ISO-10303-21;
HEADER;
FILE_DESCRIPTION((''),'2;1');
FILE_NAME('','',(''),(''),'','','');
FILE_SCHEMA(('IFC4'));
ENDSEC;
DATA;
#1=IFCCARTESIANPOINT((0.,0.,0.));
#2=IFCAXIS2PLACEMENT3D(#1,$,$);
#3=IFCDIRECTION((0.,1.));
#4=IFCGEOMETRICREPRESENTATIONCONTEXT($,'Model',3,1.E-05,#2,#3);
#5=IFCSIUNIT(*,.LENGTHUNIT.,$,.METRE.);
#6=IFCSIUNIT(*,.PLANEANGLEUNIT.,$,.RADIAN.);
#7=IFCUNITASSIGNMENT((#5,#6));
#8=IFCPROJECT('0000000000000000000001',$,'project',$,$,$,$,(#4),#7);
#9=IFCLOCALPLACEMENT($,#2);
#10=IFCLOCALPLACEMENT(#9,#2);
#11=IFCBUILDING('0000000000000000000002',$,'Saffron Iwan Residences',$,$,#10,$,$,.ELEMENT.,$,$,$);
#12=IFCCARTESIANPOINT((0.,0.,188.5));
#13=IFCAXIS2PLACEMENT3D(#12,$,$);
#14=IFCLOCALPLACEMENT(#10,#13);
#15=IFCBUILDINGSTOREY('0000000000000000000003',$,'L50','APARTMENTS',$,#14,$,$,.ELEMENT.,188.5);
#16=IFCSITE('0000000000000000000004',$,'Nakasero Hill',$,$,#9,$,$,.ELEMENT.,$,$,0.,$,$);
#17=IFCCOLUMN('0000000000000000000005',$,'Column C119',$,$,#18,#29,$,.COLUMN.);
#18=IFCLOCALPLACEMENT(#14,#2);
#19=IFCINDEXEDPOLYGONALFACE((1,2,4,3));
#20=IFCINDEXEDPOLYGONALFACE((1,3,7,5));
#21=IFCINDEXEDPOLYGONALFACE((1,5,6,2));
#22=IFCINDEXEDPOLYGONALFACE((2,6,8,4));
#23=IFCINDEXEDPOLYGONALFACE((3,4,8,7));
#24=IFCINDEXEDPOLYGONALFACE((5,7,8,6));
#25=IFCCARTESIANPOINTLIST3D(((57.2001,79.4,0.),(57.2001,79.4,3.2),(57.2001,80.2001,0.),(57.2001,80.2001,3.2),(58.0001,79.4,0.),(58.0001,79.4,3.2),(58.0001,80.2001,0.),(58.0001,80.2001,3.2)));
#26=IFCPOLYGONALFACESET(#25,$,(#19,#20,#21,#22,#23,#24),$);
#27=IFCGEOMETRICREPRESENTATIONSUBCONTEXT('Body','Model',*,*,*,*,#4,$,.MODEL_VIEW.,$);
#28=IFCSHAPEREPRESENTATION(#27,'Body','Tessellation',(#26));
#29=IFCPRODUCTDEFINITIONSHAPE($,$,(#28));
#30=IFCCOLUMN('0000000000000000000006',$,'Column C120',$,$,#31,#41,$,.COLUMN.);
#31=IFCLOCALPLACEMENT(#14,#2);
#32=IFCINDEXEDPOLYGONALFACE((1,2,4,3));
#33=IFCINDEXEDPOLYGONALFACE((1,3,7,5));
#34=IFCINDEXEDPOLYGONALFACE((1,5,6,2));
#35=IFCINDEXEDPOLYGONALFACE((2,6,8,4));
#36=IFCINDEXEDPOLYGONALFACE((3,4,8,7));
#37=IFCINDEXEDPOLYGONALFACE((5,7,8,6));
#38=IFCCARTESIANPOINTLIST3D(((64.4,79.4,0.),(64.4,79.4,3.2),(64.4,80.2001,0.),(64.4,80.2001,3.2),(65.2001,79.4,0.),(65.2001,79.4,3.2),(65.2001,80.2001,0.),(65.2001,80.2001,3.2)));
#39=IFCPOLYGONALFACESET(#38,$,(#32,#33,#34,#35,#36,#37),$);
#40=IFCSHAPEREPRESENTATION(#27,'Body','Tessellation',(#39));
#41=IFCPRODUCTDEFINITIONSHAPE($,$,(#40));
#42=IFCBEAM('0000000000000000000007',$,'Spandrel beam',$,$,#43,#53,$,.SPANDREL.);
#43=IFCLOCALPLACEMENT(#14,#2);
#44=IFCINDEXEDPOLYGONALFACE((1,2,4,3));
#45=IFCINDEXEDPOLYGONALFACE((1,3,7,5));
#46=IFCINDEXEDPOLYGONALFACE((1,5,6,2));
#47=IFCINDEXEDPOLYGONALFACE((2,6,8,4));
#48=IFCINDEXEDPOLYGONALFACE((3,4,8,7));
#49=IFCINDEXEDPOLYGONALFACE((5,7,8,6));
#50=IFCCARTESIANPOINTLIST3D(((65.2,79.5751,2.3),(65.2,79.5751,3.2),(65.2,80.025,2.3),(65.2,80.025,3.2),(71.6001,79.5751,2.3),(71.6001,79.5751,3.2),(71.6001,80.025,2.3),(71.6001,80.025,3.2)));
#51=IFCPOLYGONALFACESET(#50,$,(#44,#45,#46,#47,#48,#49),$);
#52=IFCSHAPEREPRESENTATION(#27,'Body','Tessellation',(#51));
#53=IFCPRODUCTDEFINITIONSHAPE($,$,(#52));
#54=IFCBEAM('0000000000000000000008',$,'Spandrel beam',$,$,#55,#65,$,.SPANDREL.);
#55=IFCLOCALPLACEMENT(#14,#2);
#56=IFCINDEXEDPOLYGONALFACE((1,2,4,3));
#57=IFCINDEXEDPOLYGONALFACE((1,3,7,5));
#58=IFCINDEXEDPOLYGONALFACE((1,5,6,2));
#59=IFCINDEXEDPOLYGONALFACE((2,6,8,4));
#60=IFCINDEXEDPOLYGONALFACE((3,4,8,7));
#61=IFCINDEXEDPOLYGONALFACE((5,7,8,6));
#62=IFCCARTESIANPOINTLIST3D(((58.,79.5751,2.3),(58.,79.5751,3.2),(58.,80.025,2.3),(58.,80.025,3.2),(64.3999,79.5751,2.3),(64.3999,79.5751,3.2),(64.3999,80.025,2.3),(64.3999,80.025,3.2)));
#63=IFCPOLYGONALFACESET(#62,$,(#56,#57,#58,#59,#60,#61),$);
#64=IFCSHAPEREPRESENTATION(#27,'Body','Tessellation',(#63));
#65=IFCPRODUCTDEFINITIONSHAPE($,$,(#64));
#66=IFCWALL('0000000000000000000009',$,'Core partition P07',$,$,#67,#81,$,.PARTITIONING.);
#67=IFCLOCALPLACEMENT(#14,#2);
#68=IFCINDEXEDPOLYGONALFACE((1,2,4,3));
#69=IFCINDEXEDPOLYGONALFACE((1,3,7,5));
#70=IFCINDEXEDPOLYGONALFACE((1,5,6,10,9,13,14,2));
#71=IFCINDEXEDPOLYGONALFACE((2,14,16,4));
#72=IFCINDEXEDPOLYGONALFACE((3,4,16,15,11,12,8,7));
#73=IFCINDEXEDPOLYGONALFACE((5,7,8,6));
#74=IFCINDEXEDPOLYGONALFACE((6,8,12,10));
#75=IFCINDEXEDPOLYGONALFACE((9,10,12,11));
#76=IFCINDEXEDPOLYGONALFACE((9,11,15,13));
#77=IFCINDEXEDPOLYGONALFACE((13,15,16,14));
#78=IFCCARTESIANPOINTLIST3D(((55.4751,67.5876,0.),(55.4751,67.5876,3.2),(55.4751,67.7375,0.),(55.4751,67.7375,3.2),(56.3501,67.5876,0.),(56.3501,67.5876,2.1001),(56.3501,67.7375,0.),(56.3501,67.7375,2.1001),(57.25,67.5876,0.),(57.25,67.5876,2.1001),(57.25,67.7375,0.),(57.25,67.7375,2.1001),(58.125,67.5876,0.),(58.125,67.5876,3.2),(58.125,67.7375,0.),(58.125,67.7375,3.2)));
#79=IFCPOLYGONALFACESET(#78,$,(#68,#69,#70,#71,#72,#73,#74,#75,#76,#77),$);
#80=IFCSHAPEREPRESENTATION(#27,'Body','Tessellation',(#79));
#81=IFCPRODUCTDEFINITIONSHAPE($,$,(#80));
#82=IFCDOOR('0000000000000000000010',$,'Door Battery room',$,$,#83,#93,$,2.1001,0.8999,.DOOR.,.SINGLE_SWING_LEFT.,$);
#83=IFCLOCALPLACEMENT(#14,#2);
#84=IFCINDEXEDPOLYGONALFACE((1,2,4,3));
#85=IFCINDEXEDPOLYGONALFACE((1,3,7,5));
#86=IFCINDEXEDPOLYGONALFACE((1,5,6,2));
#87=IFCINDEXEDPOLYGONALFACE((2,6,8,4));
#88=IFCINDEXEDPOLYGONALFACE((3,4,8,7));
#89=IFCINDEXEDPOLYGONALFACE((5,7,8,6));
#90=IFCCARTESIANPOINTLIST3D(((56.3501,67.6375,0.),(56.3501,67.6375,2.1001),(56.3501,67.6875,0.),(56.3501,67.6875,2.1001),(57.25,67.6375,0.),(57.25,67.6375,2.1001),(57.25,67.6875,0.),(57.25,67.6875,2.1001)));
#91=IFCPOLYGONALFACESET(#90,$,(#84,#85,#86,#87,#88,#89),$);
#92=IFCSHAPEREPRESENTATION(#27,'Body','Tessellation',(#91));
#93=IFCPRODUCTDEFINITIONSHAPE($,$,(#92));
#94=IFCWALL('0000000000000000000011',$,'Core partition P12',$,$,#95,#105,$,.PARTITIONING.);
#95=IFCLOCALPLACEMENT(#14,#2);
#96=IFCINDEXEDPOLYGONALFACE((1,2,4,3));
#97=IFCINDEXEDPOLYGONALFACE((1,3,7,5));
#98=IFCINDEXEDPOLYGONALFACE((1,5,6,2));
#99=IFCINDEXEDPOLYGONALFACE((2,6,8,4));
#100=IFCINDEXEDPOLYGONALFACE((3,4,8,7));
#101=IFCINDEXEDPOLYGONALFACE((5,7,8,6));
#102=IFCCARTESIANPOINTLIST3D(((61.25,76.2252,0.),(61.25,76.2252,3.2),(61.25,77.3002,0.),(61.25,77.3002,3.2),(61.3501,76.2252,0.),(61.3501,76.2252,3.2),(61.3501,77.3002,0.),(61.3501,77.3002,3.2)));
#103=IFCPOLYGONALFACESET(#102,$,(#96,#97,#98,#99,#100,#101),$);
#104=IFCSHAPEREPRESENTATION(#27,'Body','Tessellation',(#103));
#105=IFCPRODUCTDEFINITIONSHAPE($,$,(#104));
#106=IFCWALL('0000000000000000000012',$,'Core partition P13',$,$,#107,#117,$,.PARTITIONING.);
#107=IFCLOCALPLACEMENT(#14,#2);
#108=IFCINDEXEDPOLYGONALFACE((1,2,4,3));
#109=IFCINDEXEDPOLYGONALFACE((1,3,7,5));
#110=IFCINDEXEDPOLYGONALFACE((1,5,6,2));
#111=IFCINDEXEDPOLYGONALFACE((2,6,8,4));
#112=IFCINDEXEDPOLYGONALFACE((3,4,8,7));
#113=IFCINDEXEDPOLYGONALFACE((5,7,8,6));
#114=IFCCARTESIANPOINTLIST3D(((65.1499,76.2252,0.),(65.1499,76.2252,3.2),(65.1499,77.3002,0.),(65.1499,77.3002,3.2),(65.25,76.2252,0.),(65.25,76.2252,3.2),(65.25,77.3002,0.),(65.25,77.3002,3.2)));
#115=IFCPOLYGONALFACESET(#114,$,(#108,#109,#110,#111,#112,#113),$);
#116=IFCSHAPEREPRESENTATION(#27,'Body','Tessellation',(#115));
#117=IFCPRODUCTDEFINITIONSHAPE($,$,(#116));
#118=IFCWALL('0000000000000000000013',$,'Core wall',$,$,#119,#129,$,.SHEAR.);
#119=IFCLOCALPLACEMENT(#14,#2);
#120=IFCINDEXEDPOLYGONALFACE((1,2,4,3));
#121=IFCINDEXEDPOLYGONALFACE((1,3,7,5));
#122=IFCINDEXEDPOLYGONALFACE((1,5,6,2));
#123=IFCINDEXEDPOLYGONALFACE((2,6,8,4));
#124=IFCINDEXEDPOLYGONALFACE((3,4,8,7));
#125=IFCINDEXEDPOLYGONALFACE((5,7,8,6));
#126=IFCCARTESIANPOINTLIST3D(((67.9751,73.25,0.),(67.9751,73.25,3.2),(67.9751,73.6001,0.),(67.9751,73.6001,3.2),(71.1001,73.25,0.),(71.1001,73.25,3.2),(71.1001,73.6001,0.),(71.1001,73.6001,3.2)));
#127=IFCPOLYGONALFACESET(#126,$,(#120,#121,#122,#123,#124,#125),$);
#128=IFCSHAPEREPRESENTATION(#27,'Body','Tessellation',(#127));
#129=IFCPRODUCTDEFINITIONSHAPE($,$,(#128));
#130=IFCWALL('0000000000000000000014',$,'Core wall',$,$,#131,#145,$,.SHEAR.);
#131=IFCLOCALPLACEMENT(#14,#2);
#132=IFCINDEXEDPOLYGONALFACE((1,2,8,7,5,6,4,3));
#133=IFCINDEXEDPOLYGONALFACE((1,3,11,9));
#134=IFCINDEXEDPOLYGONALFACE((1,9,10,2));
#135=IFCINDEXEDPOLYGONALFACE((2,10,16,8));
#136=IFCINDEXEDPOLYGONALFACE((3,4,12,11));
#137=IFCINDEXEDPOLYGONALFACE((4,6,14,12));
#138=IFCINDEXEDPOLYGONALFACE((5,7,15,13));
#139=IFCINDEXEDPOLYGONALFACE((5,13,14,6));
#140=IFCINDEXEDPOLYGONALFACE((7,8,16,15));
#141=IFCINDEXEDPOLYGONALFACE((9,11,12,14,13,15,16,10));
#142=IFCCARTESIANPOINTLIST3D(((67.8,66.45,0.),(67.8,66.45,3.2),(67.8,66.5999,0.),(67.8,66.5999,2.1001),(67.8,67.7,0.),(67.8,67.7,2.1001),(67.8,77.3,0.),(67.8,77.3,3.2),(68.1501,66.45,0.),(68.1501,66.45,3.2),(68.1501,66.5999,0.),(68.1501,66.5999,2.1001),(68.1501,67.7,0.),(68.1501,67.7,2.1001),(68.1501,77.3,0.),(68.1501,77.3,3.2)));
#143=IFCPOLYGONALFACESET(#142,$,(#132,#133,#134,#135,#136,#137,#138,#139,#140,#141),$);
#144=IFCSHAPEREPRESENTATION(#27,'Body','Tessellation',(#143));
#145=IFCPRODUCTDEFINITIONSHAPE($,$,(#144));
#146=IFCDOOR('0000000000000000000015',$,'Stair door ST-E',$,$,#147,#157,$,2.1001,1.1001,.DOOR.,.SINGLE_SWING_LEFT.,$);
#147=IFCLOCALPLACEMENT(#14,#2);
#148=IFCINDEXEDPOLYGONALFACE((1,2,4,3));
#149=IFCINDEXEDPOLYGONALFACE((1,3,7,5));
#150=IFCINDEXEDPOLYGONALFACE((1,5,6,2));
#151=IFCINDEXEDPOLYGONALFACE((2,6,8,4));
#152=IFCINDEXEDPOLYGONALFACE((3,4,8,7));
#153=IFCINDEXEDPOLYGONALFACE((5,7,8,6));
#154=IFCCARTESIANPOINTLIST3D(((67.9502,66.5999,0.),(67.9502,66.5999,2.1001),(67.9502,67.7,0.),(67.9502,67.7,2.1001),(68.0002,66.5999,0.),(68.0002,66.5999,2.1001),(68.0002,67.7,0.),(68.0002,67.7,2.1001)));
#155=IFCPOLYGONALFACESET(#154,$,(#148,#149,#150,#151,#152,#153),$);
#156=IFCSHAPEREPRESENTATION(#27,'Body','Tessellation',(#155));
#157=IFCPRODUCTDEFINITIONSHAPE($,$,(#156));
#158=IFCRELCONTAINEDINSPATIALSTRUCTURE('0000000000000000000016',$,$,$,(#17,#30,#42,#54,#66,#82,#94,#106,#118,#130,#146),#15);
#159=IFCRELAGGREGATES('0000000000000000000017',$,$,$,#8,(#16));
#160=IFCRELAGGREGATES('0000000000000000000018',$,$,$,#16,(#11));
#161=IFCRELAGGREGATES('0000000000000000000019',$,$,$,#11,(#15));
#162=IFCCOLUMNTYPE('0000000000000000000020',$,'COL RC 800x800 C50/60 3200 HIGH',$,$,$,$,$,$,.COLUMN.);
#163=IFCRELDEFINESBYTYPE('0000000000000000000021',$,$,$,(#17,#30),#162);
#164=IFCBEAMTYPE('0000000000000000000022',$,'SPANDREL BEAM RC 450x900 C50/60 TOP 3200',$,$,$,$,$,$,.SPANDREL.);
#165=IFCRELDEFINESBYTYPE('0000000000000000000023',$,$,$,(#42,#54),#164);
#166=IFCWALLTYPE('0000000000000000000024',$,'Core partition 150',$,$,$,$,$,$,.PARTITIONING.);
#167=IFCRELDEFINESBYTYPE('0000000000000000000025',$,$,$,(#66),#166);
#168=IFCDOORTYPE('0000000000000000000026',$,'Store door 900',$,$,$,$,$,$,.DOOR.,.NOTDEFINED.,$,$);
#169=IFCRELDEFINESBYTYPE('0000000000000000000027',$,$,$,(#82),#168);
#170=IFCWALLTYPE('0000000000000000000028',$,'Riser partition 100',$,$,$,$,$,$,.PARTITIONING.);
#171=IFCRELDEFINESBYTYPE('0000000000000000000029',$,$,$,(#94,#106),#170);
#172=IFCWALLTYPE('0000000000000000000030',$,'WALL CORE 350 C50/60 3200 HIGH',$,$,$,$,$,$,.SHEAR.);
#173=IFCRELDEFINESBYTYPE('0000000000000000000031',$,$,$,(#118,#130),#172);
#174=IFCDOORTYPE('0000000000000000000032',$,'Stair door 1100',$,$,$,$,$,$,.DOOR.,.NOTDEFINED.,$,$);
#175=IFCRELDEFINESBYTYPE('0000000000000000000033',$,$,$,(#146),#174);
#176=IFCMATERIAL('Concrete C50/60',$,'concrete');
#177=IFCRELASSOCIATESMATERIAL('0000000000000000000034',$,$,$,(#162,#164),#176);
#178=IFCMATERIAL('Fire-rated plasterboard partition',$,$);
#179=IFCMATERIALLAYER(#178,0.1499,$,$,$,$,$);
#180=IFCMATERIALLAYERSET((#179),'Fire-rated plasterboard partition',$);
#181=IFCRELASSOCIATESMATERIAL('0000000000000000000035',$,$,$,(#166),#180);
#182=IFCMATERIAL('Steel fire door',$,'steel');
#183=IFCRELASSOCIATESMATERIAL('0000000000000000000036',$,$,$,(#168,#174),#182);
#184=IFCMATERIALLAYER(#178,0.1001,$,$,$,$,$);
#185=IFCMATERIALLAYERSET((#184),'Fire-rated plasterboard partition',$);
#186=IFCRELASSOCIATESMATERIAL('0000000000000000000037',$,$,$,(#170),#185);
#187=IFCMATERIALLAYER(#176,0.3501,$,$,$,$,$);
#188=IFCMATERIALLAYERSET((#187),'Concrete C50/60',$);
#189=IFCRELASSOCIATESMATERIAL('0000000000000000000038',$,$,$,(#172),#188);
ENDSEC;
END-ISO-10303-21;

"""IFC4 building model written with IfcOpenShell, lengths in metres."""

from ifc_helpers import new_model, si_unit, direction, frame, frame_2d, origin, origin_2d, place, context, subcontext, project, spatial, rectangle, extrude, source, transform, mapped, material, layer, layer_set, material_profile, profile_set, type_object, element, fill, save


model = new_model("IFC4")

# Units and contexts
model_context = context("Model", 3, precision=1e-05, world=origin(), true_north=direction((0.0, 1.0)))
body_context = subcontext(model_context, "Body", "Model", "MODEL_VIEW")
ifc_project = project(units=[si_unit("LENGTHUNIT", "METRE"), si_unit("PLANEANGLEUNIT", "RADIAN")], contexts=[model_context])

# Site, building, storey
site_placement = place(None, origin())
site = spatial("IfcSite", under=ifc_project, at=site_placement, Name="Nakasero Hill", CompositionType="ELEMENT", RefElevation=0.0)
building_placement = place(site_placement, origin())
building = spatial("IfcBuilding", under=site, at=building_placement, Name="Saffron Iwan Residences", CompositionType="ELEMENT")
storey_placement = place(building_placement, frame((0.0, 0.0, 188.5)))
storey = spatial("IfcBuildingStorey", under=building, at=storey_placement, Name="L50", Description="APARTMENTS", CompositionType="ELEMENT", Elevation=188.5)

# Columns
ifc_material_1 = material(Name="Concrete C50/60", Category="concrete")
ifc_material_profile_1 = material_profile(ifc_material_1, rectangle(XDim=0.8, YDim=0.8, at=origin_2d()), Name="RC 800x800")
ifc_profile_set_1 = profile_set([ifc_material_profile_1], Name="Concrete C50/60")
column_type = type_object("IfcColumnType", Name="COL RC 800x800 C50/60 3200 HIGH", PredefinedType="COLUMN", material=ifc_profile_set_1)
shared_shape_1 = source(origin(), body_context, "Body", "SweptSolid", [
    extrude(rectangle(XDim=0.8, YDim=0.8, at=origin_2d()), origin(), (0.0, 0.0, 1.0), 3.2),
])
for number, where, z_axis, x_axis, name in (
    (1, (57.6001, 79.8, 0.0), (0.0, 0.0, 1.0), (1.0, 0.0, 0.0), "Column C119"),
    (2, (64.8, 79.8, 0.0), (0.0, 0.0, 1.0), (1.0, 0.0, 0.0), "Column C120"),
):
    element("IfcColumn", number, at=place(storey_placement, frame(where, z_axis=z_axis, x_axis=x_axis)), inside=storey, type_object=column_type, Name=name, PredefinedType="COLUMN", context=body_context, shape_type="MappedRepresentation", body=[
        mapped(shared_shape_1, transform((0.0, 0.0, 0.0))),
    ])

# Beams
ifc_material_profile_2 = material_profile(ifc_material_1, rectangle(XDim=0.45, YDim=0.8999, at=origin_2d()), Name="RC 450x900")
ifc_profile_set_2 = profile_set([ifc_material_profile_2], Name="Concrete C50/60")
beam_type = type_object("IfcBeamType", Name="SPANDREL BEAM RC 450x900 C50/60 TOP 3200", PredefinedType="SPANDREL", material=ifc_profile_set_2)
shared_shape_2 = source(origin(), body_context, "Body", "SweptSolid", [
    extrude(rectangle(XDim=0.45, YDim=0.8999, at=origin_2d()), origin(), (0.0, 0.0, 1.0), 6.4001),
])
beam_1_placement = place(storey_placement, frame((65.2, 79.8, 2.75), z_axis=(1.0, 0.0, 0.0), x_axis=(0.0, 1.0, 0.0)))
element("IfcBeam", 3, at=beam_1_placement, inside=storey, type_object=beam_type, Name="Spandrel beam", PredefinedType="SPANDREL", context=body_context, shape_type="MappedRepresentation", body=[
    mapped(shared_shape_2, transform((0.0, 0.0, 0.0))),
])
shared_shape_3 = source(origin(), body_context, "Body", "SweptSolid", [
    extrude(rectangle(XDim=0.45, YDim=0.8999, at=origin_2d()), origin(), (0.0, 0.0, 1.0), 6.3999),
])
beam_2_placement = place(storey_placement, frame((58.0, 79.8, 2.75), z_axis=(1.0, 0.0, 0.0), x_axis=(0.0, 1.0, 0.0)))
element("IfcBeam", 4, at=beam_2_placement, inside=storey, type_object=beam_type, Name="Spandrel beam", PredefinedType="SPANDREL", context=body_context, shape_type="MappedRepresentation", body=[
    mapped(shared_shape_3, transform((0.0, 0.0, 0.0))),
])

# Wall, opening, door
ifc_material_2 = material(Name="Fire-rated plasterboard partition")
ifc_layer_1 = layer(ifc_material_2, 0.1499)
ifc_layer_set_1 = layer_set([ifc_layer_1], Name="Fire-rated plasterboard partition")
wall_type_1 = type_object("IfcWallType", Name="Core partition 150", PredefinedType="PARTITIONING", material=ifc_layer_set_1)
wall_1_placement = place(storey_placement, frame((55.4751, 67.6626, 0.0), z_axis=(0.0, 0.0, 1.0), x_axis=(1.0, 0.0, 0.0)))
wall_1 = element("IfcWall", 5, at=wall_1_placement, inside=storey, type_object=wall_type_1, Name="Core partition P07", PredefinedType="PARTITIONING", context=body_context, shape_type="SweptSolid", body=[
    extrude(rectangle(XDim=2.6499, YDim=0.1499, at=frame_2d((1.325, 0.0))), origin(), (0.0, 0.0, 1.0), 3.2),
])
opening_1_placement = place(wall_1_placement, frame((0.875, 0.0, 0.0)))
opening_1 = element("IfcOpeningElement", 6, at=opening_1_placement, cuts=wall_1, PredefinedType="OPENING", context=body_context, shape_type="SweptSolid", body=[
    extrude(rectangle(XDim=0.8999, YDim=2.1001, at=frame_2d((0.45, 1.05))), frame((0.0, 0.085, 0.0), z_axis=(0.0, -1.0, 0.0), x_axis=(1.0, 0.0, 0.0)), (0.0, 0.0, 1.0), 0.1699),
])
ifc_material_3 = material(Name="Steel fire door", Category="steel")
door_type_1 = type_object("IfcDoorType", Name="Store door 900", OperationType="NOTDEFINED", PredefinedType="DOOR", material=ifc_material_3)
door_1_placement = place(opening_1_placement, origin())
door_1 = element("IfcDoor", 7, at=door_1_placement, inside=storey, type_object=door_type_1, Name="Door Battery room", OperationType="SINGLE_SWING_LEFT", OverallHeight=2.1001, OverallWidth=0.8999, PredefinedType="DOOR", context=body_context, shape_type="SweptSolid", body=[
    extrude(rectangle(XDim=0.8999, YDim=2.1001, at=frame_2d((0.45, 1.05))), frame((0.0, 0.0249, 0.0), z_axis=(0.0, -1.0, 0.0), x_axis=(1.0, 0.0, 0.0)), (0.0, 0.0, 1.0), 0.05),
])
fill(opening_1, door_1)

# Walls
ifc_layer_2 = layer(ifc_material_2, 0.1001)
ifc_layer_set_2 = layer_set([ifc_layer_2], Name="Fire-rated plasterboard partition")
wall_type_2 = type_object("IfcWallType", Name="Riser partition 100", PredefinedType="PARTITIONING", material=ifc_layer_set_2)
for number, where, z_axis, x_axis, name in (
    (8, (61.3, 76.2251, 0.0), (0.0, 0.0, 1.0), (0.0, 1.0, 0.0), "Core partition P12"),
    (9, (65.2, 76.2251, 0.0), (0.0, 0.0, 1.0), (0.0, 1.0, 0.0), "Core partition P13"),
):
    element("IfcWall", number, at=place(storey_placement, frame(where, z_axis=z_axis, x_axis=x_axis)), inside=storey, type_object=wall_type_2, Name=name, PredefinedType="PARTITIONING", context=body_context, shape_type="SweptSolid", body=[
        extrude(rectangle(XDim=1.075, YDim=0.1001, at=frame_2d((0.5376, 0.0))), origin(), (0.0, 0.0, 1.0), 3.2),
    ])
ifc_layer_3 = layer(ifc_material_1, 0.3501)
ifc_layer_set_3 = layer_set([ifc_layer_3], Name="Concrete C50/60")
wall_type_3 = type_object("IfcWallType", Name="WALL CORE 350 C50/60 3200 HIGH", PredefinedType="SHEAR", material=ifc_layer_set_3)
wall_2_placement = place(storey_placement, frame((67.9751, 73.425, 0.0), z_axis=(0.0, 0.0, 1.0), x_axis=(1.0, 0.0, 0.0)))
element("IfcWall", 10, at=wall_2_placement, inside=storey, type_object=wall_type_3, Name="Core wall", PredefinedType="SHEAR", context=body_context, shape_type="SweptSolid", body=[
    extrude(rectangle(XDim=3.125, YDim=0.3501, at=frame_2d((1.5625, 0.0))), origin(), (0.0, 0.0, 1.0), 3.2),
])

# Wall, opening, door
wall_3_placement = place(storey_placement, frame((67.9751, 66.45, 0.0), z_axis=(0.0, 0.0, 1.0), x_axis=(0.0, 1.0, 0.0)))
wall_3 = element("IfcWall", 11, at=wall_3_placement, inside=storey, type_object=wall_type_3, Name="Core wall", PredefinedType="SHEAR", context=body_context, shape_type="SweptSolid", body=[
    extrude(rectangle(XDim=10.8501, YDim=0.3501, at=frame_2d((5.425, 0.0))), origin(), (0.0, 0.0, 1.0), 3.2),
])
opening_2_placement = place(wall_3_placement, frame((0.1499, 0.0, 0.0)))
opening_2 = element("IfcOpeningElement", 12, at=opening_2_placement, cuts=wall_3, PredefinedType="OPENING", context=body_context, shape_type="SweptSolid", body=[
    extrude(rectangle(XDim=1.1001, YDim=2.1001, at=frame_2d((0.55, 1.05))), frame((0.0, 0.1851, 0.0), z_axis=(0.0, -1.0, 0.0), x_axis=(1.0, 0.0, 0.0)), (0.0, 0.0, 1.0), 0.3701),
])
door_type_2 = type_object("IfcDoorType", Name="Stair door 1100", OperationType="NOTDEFINED", PredefinedType="DOOR", material=ifc_material_3)
door_2_placement = place(opening_2_placement, origin())
door_2 = element("IfcDoor", 13, at=door_2_placement, inside=storey, type_object=door_type_2, Name="Stair door ST-E", OperationType="SINGLE_SWING_LEFT", OverallHeight=2.1001, OverallWidth=1.1001, PredefinedType="DOOR", context=body_context, shape_type="SweptSolid", body=[
    extrude(rectangle(XDim=1.1001, YDim=2.1001, at=frame_2d((0.55, 1.05))), frame((0.0, 0.0249, 0.0), z_axis=(0.0, -1.0, 0.0), x_axis=(1.0, 0.0, 0.0)), (0.0, 0.0, 1.0), 0.05),
])
fill(opening_2, door_2)

save(model, "model.ifc")
